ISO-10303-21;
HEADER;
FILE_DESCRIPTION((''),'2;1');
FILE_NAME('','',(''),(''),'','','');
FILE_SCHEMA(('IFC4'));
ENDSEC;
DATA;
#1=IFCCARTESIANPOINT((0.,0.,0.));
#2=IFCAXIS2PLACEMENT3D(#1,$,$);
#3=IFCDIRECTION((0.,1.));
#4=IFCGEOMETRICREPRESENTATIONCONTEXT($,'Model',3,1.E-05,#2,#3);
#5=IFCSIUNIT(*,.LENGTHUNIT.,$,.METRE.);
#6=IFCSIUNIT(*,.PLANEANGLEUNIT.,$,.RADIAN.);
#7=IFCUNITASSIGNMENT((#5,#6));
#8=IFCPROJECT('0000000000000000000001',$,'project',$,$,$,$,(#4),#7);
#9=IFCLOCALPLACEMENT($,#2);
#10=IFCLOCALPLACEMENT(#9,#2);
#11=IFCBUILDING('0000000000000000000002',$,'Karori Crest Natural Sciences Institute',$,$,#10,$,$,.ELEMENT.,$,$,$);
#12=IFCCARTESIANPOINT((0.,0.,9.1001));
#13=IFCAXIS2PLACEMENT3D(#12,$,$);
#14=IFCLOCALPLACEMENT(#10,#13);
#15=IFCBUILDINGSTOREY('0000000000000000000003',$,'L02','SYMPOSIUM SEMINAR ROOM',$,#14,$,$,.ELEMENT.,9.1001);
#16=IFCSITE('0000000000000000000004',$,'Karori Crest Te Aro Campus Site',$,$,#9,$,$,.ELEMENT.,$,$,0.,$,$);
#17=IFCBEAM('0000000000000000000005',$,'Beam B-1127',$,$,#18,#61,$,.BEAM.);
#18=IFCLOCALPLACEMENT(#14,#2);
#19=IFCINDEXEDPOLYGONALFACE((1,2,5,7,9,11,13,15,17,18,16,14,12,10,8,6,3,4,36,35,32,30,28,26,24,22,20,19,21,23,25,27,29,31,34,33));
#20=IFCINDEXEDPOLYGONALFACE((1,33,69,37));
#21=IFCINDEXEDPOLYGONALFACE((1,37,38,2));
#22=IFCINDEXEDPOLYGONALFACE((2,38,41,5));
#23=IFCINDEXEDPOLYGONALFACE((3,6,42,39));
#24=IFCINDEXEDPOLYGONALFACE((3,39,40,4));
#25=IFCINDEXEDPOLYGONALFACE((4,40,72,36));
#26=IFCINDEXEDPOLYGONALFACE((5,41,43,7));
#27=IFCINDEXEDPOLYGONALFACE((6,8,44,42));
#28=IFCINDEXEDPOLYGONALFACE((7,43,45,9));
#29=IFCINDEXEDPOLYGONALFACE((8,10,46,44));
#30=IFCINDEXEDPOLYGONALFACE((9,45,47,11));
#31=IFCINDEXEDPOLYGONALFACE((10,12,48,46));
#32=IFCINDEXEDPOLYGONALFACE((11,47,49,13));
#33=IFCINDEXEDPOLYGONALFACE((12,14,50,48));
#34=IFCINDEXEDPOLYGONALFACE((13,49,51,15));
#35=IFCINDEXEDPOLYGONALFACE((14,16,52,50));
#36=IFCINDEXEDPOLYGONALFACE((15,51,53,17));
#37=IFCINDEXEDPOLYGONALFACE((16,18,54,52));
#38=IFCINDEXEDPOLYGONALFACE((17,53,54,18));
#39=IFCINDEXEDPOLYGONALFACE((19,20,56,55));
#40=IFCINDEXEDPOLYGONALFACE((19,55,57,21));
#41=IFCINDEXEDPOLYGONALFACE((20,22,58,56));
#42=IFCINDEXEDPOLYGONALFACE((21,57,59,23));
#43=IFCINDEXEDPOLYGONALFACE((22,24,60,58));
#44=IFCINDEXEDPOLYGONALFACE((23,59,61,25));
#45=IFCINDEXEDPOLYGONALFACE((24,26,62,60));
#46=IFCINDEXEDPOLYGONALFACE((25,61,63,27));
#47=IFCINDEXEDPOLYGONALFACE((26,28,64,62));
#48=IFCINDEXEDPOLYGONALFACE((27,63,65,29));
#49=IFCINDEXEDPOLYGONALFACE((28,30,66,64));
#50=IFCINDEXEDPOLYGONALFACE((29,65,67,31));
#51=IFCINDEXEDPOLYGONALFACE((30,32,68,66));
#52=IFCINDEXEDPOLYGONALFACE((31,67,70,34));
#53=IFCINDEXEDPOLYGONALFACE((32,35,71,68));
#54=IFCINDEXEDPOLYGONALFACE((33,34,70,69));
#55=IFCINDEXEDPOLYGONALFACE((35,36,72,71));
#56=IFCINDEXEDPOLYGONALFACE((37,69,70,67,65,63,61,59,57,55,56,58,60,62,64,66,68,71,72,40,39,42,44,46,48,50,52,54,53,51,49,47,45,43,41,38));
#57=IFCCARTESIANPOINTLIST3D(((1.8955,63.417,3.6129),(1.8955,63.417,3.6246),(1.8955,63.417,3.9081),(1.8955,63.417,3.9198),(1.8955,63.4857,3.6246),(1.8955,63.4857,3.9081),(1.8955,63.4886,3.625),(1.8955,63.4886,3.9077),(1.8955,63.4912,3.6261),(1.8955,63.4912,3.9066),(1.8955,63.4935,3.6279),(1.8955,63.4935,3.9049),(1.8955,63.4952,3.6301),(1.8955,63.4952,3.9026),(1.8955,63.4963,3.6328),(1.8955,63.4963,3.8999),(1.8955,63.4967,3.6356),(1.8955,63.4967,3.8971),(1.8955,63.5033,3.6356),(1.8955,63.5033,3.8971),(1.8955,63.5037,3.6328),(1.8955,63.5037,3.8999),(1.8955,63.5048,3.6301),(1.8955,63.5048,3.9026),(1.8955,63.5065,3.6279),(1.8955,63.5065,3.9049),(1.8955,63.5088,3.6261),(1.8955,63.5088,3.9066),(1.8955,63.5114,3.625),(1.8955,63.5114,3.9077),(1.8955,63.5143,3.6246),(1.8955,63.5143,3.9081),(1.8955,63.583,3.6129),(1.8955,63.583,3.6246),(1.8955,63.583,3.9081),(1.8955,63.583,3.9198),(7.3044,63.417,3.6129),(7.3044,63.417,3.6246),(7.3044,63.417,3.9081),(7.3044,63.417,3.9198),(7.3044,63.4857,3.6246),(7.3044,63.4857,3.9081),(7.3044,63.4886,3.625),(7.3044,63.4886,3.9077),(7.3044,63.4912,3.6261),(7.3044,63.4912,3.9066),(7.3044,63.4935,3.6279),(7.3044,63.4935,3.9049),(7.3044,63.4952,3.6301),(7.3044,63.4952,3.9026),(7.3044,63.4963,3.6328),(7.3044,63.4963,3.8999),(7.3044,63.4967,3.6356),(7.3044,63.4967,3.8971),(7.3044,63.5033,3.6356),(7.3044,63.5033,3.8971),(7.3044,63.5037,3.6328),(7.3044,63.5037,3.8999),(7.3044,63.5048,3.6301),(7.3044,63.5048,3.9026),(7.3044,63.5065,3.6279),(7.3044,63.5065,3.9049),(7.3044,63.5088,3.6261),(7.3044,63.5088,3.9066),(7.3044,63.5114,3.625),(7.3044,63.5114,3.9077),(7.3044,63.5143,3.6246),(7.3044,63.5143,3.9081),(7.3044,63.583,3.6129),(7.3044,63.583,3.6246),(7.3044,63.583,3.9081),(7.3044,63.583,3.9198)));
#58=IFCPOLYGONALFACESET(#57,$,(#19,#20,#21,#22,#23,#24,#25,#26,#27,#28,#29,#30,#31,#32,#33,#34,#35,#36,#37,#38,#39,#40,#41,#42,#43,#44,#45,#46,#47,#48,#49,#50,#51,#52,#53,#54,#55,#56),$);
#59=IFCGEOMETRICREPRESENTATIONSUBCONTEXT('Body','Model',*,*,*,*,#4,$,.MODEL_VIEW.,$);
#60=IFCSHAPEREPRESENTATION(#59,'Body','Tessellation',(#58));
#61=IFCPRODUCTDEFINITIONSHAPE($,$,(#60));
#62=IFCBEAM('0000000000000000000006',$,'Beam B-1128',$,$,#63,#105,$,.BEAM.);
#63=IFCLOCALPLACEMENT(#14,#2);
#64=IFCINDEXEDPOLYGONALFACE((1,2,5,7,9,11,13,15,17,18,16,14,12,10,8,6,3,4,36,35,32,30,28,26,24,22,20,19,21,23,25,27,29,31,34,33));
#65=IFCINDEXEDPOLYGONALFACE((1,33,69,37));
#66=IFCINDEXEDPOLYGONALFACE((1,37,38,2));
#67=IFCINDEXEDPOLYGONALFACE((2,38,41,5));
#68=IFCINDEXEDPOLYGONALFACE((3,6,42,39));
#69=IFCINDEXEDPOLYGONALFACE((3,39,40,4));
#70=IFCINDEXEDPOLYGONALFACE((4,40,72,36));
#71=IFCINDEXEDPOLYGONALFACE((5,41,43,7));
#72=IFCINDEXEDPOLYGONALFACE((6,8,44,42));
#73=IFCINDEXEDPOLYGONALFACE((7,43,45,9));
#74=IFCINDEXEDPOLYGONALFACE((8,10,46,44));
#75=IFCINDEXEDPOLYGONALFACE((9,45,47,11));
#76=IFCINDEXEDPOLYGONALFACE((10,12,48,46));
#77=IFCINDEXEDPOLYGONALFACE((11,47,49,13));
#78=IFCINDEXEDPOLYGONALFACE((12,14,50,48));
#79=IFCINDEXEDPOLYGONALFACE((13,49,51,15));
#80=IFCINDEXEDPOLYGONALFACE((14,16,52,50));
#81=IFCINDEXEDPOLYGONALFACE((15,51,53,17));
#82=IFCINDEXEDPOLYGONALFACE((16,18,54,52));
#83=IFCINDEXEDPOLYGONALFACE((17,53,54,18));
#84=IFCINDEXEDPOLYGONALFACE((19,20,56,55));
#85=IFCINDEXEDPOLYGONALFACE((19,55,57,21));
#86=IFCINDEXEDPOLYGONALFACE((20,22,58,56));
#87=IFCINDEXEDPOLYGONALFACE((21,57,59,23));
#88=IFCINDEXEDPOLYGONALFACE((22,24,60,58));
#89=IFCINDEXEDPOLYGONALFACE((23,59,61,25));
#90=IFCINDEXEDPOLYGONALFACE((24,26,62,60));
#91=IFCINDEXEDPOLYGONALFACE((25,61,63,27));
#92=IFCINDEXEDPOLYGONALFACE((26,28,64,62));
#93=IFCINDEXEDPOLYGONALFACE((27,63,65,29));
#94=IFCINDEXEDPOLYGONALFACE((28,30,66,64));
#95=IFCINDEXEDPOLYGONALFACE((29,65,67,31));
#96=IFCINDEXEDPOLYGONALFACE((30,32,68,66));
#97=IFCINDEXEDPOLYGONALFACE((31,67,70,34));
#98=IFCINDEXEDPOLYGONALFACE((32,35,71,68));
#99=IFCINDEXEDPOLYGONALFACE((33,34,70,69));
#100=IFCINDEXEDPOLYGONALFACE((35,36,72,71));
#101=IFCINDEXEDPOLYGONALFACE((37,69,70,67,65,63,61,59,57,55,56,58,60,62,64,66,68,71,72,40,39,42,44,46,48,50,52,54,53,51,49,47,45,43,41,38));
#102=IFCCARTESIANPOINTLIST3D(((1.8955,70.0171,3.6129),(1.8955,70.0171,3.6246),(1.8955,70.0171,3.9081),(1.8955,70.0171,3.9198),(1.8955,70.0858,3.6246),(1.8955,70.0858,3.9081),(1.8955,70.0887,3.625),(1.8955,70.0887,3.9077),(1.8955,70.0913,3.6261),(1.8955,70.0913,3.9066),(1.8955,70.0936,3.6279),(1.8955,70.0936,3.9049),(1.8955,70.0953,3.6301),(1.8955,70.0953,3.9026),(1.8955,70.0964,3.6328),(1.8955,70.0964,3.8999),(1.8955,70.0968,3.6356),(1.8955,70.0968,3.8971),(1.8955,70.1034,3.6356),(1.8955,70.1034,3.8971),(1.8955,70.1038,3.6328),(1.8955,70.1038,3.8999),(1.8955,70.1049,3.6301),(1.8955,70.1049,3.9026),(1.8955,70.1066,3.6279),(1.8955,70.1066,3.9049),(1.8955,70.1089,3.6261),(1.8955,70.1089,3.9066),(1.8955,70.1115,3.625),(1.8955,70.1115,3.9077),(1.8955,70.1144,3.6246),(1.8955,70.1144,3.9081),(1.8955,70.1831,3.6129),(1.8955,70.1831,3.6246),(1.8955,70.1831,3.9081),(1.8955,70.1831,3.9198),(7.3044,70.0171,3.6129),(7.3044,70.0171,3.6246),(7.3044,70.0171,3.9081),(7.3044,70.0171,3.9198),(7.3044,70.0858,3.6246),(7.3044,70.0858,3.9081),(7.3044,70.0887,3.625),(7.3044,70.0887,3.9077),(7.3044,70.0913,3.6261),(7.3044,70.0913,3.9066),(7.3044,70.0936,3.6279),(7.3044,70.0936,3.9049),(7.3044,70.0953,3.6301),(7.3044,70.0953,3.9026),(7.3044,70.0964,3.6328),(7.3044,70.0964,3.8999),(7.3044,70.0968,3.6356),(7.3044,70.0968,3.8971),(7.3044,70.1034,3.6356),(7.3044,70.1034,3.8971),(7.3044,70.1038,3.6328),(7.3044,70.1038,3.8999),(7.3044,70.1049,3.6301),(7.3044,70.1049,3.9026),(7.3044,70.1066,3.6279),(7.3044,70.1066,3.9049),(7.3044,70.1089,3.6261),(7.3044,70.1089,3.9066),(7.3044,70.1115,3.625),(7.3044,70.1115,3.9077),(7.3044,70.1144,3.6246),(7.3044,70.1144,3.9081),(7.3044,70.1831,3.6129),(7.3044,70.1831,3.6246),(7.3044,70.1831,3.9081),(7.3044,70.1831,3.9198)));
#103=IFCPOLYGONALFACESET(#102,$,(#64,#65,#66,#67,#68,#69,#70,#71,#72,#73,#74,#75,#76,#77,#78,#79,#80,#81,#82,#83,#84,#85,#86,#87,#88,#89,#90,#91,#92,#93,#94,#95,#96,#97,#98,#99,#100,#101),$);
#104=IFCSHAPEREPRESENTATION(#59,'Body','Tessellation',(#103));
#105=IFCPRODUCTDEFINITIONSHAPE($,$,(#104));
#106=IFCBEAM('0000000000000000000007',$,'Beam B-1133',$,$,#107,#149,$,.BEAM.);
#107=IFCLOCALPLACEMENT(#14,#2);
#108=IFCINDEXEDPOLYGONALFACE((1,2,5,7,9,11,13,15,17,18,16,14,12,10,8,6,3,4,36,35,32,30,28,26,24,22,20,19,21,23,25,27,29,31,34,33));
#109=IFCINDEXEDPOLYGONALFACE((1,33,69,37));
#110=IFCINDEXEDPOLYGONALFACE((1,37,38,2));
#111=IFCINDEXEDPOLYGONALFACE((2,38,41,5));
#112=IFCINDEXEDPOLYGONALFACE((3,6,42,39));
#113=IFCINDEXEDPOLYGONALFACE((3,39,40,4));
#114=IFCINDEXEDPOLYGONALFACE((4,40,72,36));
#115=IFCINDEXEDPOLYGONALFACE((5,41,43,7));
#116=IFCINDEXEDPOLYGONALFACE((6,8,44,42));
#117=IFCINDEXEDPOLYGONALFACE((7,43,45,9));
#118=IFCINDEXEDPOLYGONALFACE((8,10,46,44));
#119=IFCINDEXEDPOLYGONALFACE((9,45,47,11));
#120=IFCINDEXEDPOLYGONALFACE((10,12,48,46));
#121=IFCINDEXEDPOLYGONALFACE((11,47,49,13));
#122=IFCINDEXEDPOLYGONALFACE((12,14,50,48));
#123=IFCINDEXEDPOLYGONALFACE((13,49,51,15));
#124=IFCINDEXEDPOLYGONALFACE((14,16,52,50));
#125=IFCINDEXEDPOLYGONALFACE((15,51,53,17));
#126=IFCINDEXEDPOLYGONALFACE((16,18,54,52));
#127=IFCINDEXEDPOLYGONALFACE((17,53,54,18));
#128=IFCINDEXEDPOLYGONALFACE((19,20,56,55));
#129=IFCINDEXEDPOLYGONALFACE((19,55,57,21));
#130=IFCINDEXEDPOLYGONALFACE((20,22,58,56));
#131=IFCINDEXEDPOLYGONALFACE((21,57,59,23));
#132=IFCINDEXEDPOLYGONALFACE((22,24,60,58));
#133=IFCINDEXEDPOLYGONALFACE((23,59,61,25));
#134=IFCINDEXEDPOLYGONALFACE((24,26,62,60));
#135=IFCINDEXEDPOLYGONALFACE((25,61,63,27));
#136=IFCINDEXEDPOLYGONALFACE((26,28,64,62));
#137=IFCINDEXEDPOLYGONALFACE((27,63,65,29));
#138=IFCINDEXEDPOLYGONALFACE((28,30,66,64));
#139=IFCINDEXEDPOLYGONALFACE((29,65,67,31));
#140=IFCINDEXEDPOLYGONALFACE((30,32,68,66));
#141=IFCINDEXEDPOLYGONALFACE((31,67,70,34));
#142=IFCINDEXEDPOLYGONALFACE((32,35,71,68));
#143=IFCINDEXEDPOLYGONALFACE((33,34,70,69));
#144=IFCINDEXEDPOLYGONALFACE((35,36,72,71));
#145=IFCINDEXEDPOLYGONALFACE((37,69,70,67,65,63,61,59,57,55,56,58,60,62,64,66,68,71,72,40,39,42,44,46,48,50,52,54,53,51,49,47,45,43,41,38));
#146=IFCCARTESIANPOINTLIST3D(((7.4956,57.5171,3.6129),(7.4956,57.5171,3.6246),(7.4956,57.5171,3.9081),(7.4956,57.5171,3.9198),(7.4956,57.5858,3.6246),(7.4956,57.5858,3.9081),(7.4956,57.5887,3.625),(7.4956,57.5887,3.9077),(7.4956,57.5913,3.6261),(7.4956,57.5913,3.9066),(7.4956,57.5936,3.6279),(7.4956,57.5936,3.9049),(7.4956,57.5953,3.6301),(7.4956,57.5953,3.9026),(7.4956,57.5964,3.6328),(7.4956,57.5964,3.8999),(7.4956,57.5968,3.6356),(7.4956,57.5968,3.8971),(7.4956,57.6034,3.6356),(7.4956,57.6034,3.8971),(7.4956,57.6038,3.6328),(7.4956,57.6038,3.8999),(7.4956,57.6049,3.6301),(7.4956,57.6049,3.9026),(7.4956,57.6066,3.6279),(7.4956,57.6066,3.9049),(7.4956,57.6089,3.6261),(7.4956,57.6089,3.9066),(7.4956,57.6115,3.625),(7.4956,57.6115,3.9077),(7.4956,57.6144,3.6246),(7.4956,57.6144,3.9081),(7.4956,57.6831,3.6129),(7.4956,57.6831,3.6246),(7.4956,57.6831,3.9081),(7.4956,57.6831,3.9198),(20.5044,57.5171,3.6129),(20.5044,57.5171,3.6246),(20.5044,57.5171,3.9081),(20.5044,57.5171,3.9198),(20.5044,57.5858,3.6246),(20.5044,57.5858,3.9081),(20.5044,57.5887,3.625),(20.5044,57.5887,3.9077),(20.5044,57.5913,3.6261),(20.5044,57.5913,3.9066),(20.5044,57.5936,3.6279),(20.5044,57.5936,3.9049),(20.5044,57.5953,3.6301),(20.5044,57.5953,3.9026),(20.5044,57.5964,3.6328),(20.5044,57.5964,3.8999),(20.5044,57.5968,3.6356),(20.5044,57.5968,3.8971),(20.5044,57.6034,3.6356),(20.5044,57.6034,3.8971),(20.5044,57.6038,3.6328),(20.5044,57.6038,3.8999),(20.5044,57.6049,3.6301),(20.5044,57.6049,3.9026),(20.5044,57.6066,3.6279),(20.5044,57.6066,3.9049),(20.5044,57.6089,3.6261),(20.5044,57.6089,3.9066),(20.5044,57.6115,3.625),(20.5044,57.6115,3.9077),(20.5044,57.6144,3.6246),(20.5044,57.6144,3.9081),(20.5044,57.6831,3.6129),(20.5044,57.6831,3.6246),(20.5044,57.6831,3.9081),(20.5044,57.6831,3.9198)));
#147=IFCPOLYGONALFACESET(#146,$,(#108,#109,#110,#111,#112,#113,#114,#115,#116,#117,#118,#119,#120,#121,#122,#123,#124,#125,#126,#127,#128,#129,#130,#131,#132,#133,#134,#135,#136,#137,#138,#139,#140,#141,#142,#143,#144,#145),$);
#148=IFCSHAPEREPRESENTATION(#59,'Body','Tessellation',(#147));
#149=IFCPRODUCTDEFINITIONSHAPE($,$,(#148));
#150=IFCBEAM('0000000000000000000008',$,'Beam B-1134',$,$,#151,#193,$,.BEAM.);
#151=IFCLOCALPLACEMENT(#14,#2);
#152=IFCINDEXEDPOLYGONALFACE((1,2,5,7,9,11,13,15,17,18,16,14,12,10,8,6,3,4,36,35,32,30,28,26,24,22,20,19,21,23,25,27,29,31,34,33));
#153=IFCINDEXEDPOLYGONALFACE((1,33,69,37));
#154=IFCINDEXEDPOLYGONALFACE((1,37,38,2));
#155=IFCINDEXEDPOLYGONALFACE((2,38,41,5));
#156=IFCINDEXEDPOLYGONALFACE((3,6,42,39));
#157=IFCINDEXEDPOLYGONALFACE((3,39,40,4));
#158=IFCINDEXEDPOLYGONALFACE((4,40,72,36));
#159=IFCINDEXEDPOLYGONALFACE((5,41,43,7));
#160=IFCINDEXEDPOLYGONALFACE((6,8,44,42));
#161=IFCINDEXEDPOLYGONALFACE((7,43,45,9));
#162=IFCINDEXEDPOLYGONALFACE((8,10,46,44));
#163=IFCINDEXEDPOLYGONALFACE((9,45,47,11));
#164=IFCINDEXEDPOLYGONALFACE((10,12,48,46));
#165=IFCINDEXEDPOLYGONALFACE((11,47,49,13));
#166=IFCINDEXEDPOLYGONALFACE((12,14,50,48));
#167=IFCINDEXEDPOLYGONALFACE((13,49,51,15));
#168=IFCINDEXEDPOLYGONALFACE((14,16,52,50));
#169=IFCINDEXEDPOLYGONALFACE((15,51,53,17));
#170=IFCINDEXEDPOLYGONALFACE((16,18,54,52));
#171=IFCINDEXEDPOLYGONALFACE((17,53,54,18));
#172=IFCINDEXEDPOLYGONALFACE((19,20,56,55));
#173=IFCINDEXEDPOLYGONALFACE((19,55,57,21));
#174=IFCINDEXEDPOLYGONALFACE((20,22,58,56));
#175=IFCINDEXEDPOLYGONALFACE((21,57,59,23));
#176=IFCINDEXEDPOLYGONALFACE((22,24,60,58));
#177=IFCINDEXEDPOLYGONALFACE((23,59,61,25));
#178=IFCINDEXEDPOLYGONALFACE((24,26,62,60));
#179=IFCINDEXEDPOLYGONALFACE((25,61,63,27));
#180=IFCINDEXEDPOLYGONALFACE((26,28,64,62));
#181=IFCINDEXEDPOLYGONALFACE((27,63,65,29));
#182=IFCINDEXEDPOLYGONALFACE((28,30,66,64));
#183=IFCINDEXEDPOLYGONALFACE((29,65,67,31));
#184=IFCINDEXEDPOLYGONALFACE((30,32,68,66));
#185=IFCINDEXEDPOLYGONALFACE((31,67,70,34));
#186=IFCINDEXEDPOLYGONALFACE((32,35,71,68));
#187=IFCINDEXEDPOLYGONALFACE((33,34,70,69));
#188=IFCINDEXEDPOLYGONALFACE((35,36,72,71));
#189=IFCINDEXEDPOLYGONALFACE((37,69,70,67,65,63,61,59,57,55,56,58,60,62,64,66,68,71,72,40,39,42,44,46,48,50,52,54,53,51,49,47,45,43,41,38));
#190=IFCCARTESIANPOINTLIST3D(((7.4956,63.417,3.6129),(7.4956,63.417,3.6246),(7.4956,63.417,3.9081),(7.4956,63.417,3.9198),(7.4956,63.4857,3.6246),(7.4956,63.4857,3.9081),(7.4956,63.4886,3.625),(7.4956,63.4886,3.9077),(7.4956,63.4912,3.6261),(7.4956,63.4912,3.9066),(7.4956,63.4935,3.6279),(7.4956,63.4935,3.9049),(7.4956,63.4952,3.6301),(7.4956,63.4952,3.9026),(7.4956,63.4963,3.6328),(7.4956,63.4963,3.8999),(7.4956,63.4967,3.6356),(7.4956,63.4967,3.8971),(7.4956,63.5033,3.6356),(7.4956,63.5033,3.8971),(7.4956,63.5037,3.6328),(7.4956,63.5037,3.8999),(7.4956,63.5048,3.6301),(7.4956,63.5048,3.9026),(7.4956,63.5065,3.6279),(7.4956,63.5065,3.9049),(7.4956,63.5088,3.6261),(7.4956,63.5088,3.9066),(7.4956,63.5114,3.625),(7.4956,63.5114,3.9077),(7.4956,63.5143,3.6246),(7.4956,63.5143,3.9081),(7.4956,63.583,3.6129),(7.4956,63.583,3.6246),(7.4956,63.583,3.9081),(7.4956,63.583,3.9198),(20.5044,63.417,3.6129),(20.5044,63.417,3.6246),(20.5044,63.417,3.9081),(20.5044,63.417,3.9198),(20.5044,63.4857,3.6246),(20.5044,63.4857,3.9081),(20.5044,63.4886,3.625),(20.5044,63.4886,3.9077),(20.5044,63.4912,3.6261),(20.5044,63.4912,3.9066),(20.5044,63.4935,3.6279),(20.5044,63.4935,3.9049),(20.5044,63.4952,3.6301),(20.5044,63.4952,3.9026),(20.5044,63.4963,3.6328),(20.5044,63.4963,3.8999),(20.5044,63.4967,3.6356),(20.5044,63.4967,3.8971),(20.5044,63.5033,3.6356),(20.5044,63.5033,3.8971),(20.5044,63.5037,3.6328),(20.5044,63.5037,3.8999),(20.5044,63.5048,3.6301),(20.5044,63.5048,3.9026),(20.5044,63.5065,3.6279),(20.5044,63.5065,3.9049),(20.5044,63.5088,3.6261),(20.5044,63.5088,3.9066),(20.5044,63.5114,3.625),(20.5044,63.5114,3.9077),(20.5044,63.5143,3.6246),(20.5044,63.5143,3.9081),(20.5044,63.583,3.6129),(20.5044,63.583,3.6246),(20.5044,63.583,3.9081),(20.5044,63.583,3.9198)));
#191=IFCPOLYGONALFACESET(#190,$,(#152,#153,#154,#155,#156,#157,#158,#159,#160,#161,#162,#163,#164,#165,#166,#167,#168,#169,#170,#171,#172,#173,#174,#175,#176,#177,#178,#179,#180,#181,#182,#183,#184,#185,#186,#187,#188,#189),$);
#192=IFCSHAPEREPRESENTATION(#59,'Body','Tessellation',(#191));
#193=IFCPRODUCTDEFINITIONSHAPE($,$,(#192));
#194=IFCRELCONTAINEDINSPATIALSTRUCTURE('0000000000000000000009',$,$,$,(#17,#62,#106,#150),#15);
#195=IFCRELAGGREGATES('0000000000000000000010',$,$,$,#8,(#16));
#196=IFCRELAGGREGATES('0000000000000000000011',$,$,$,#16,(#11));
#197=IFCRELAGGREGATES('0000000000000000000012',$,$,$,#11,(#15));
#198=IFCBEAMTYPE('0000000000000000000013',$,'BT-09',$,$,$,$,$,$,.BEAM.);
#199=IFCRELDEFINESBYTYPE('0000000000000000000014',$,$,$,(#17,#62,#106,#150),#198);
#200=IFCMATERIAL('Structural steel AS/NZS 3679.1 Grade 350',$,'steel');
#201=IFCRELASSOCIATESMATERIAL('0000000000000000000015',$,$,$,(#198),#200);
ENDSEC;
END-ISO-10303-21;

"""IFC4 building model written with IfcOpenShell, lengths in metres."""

from ifc_helpers import new_model, si_unit, direction, frame, origin, origin_2d, place, context, subcontext, project, spatial, i_section, extrude, material, material_profile, profile_set, type_object, element, save


model = new_model("IFC4")

# Units and contexts
model_context = context("Model", 3, precision=1e-05, world=origin(), true_north=direction((0.0, 1.0)))
body_context = subcontext(model_context, "Body", "Model", "MODEL_VIEW")
ifc_project = project(units=[si_unit("LENGTHUNIT", "METRE"), si_unit("PLANEANGLEUNIT", "RADIAN")], contexts=[model_context])

# Site, building, storey
site_placement = place(None, origin())
site = spatial("IfcSite", under=ifc_project, at=site_placement, Name="Karori Crest Te Aro Campus Site", CompositionType="ELEMENT", RefElevation=0.0)
building_placement = place(site_placement, origin())
building = spatial("IfcBuilding", under=site, at=building_placement, Name="Karori Crest Natural Sciences Institute", CompositionType="ELEMENT")
storey_placement = place(building_placement, frame((0.0, 0.0, 9.1001)))
storey = spatial("IfcBuildingStorey", under=building, at=storey_placement, Name="L02", Description="SYMPOSIUM SEMINAR ROOM", CompositionType="ELEMENT", Elevation=9.1001)

# Shared definitions
ifc_material_1 = material(Name="Structural steel AS/NZS 3679.1 Grade 350", Category="steel")

# Beams
ifc_material_profile_1 = material_profile(ifc_material_1, i_section(OverallWidth=0.166, OverallDepth=0.3069, WebThickness=0.0066, FlangeThickness=0.0117, FilletRadius=0.011, at=origin_2d()), Name="310UB46.2")
ifc_profile_set_1 = profile_set([ifc_material_profile_1], Name="Structural steel AS/NZS 3679.1 Grade 350")
beam_type_1 = type_object("IfcBeamType", Name="BT-09", PredefinedType="BEAM", material=ifc_profile_set_1)
for number, where, z_axis, x_axis, name in (
    (1, (1.8955, 63.5, 3.7664), (1.0, 0.0, 0.0), (0.0, 1.0, 0.0), "Beam B-1127"),
    (2, (1.8955, 70.1001, 3.7664), (1.0, 0.0, 0.0), (0.0, 1.0, 0.0), "Beam B-1128"),
):
    element("IfcBeam", number, at=place(storey_placement, frame(where, z_axis=z_axis, x_axis=x_axis)), inside=storey, type_object=beam_type_1, Name=name, PredefinedType="BEAM", context=body_context, shape_type="SweptSolid", body=[
        extrude(i_section(OverallWidth=0.166, OverallDepth=0.3069, WebThickness=0.0066, FlangeThickness=0.0117, FilletRadius=0.011, at=origin_2d()), origin(), (0.0, 0.0, 1.0), 5.4089),
    ])
for number, where, z_axis, x_axis, name in (
    (3, (7.4956, 57.6001, 3.7664), (1.0, 0.0, 0.0), (0.0, 1.0, 0.0), "Beam B-1133"),
    (4, (7.4956, 63.5, 3.7664), (1.0, 0.0, 0.0), (0.0, 1.0, 0.0), "Beam B-1134"),
):
    element("IfcBeam", number, at=place(storey_placement, frame(where, z_axis=z_axis, x_axis=x_axis)), inside=storey, type_object=beam_type_1, Name=name, PredefinedType="BEAM", context=body_context, shape_type="SweptSolid", body=[
        extrude(i_section(OverallWidth=0.166, OverallDepth=0.3069, WebThickness=0.0066, FlangeThickness=0.0117, FilletRadius=0.011, at=origin_2d()), origin(), (0.0, 0.0, 1.0), 13.0088),
    ])

save(model, "model.ifc")
